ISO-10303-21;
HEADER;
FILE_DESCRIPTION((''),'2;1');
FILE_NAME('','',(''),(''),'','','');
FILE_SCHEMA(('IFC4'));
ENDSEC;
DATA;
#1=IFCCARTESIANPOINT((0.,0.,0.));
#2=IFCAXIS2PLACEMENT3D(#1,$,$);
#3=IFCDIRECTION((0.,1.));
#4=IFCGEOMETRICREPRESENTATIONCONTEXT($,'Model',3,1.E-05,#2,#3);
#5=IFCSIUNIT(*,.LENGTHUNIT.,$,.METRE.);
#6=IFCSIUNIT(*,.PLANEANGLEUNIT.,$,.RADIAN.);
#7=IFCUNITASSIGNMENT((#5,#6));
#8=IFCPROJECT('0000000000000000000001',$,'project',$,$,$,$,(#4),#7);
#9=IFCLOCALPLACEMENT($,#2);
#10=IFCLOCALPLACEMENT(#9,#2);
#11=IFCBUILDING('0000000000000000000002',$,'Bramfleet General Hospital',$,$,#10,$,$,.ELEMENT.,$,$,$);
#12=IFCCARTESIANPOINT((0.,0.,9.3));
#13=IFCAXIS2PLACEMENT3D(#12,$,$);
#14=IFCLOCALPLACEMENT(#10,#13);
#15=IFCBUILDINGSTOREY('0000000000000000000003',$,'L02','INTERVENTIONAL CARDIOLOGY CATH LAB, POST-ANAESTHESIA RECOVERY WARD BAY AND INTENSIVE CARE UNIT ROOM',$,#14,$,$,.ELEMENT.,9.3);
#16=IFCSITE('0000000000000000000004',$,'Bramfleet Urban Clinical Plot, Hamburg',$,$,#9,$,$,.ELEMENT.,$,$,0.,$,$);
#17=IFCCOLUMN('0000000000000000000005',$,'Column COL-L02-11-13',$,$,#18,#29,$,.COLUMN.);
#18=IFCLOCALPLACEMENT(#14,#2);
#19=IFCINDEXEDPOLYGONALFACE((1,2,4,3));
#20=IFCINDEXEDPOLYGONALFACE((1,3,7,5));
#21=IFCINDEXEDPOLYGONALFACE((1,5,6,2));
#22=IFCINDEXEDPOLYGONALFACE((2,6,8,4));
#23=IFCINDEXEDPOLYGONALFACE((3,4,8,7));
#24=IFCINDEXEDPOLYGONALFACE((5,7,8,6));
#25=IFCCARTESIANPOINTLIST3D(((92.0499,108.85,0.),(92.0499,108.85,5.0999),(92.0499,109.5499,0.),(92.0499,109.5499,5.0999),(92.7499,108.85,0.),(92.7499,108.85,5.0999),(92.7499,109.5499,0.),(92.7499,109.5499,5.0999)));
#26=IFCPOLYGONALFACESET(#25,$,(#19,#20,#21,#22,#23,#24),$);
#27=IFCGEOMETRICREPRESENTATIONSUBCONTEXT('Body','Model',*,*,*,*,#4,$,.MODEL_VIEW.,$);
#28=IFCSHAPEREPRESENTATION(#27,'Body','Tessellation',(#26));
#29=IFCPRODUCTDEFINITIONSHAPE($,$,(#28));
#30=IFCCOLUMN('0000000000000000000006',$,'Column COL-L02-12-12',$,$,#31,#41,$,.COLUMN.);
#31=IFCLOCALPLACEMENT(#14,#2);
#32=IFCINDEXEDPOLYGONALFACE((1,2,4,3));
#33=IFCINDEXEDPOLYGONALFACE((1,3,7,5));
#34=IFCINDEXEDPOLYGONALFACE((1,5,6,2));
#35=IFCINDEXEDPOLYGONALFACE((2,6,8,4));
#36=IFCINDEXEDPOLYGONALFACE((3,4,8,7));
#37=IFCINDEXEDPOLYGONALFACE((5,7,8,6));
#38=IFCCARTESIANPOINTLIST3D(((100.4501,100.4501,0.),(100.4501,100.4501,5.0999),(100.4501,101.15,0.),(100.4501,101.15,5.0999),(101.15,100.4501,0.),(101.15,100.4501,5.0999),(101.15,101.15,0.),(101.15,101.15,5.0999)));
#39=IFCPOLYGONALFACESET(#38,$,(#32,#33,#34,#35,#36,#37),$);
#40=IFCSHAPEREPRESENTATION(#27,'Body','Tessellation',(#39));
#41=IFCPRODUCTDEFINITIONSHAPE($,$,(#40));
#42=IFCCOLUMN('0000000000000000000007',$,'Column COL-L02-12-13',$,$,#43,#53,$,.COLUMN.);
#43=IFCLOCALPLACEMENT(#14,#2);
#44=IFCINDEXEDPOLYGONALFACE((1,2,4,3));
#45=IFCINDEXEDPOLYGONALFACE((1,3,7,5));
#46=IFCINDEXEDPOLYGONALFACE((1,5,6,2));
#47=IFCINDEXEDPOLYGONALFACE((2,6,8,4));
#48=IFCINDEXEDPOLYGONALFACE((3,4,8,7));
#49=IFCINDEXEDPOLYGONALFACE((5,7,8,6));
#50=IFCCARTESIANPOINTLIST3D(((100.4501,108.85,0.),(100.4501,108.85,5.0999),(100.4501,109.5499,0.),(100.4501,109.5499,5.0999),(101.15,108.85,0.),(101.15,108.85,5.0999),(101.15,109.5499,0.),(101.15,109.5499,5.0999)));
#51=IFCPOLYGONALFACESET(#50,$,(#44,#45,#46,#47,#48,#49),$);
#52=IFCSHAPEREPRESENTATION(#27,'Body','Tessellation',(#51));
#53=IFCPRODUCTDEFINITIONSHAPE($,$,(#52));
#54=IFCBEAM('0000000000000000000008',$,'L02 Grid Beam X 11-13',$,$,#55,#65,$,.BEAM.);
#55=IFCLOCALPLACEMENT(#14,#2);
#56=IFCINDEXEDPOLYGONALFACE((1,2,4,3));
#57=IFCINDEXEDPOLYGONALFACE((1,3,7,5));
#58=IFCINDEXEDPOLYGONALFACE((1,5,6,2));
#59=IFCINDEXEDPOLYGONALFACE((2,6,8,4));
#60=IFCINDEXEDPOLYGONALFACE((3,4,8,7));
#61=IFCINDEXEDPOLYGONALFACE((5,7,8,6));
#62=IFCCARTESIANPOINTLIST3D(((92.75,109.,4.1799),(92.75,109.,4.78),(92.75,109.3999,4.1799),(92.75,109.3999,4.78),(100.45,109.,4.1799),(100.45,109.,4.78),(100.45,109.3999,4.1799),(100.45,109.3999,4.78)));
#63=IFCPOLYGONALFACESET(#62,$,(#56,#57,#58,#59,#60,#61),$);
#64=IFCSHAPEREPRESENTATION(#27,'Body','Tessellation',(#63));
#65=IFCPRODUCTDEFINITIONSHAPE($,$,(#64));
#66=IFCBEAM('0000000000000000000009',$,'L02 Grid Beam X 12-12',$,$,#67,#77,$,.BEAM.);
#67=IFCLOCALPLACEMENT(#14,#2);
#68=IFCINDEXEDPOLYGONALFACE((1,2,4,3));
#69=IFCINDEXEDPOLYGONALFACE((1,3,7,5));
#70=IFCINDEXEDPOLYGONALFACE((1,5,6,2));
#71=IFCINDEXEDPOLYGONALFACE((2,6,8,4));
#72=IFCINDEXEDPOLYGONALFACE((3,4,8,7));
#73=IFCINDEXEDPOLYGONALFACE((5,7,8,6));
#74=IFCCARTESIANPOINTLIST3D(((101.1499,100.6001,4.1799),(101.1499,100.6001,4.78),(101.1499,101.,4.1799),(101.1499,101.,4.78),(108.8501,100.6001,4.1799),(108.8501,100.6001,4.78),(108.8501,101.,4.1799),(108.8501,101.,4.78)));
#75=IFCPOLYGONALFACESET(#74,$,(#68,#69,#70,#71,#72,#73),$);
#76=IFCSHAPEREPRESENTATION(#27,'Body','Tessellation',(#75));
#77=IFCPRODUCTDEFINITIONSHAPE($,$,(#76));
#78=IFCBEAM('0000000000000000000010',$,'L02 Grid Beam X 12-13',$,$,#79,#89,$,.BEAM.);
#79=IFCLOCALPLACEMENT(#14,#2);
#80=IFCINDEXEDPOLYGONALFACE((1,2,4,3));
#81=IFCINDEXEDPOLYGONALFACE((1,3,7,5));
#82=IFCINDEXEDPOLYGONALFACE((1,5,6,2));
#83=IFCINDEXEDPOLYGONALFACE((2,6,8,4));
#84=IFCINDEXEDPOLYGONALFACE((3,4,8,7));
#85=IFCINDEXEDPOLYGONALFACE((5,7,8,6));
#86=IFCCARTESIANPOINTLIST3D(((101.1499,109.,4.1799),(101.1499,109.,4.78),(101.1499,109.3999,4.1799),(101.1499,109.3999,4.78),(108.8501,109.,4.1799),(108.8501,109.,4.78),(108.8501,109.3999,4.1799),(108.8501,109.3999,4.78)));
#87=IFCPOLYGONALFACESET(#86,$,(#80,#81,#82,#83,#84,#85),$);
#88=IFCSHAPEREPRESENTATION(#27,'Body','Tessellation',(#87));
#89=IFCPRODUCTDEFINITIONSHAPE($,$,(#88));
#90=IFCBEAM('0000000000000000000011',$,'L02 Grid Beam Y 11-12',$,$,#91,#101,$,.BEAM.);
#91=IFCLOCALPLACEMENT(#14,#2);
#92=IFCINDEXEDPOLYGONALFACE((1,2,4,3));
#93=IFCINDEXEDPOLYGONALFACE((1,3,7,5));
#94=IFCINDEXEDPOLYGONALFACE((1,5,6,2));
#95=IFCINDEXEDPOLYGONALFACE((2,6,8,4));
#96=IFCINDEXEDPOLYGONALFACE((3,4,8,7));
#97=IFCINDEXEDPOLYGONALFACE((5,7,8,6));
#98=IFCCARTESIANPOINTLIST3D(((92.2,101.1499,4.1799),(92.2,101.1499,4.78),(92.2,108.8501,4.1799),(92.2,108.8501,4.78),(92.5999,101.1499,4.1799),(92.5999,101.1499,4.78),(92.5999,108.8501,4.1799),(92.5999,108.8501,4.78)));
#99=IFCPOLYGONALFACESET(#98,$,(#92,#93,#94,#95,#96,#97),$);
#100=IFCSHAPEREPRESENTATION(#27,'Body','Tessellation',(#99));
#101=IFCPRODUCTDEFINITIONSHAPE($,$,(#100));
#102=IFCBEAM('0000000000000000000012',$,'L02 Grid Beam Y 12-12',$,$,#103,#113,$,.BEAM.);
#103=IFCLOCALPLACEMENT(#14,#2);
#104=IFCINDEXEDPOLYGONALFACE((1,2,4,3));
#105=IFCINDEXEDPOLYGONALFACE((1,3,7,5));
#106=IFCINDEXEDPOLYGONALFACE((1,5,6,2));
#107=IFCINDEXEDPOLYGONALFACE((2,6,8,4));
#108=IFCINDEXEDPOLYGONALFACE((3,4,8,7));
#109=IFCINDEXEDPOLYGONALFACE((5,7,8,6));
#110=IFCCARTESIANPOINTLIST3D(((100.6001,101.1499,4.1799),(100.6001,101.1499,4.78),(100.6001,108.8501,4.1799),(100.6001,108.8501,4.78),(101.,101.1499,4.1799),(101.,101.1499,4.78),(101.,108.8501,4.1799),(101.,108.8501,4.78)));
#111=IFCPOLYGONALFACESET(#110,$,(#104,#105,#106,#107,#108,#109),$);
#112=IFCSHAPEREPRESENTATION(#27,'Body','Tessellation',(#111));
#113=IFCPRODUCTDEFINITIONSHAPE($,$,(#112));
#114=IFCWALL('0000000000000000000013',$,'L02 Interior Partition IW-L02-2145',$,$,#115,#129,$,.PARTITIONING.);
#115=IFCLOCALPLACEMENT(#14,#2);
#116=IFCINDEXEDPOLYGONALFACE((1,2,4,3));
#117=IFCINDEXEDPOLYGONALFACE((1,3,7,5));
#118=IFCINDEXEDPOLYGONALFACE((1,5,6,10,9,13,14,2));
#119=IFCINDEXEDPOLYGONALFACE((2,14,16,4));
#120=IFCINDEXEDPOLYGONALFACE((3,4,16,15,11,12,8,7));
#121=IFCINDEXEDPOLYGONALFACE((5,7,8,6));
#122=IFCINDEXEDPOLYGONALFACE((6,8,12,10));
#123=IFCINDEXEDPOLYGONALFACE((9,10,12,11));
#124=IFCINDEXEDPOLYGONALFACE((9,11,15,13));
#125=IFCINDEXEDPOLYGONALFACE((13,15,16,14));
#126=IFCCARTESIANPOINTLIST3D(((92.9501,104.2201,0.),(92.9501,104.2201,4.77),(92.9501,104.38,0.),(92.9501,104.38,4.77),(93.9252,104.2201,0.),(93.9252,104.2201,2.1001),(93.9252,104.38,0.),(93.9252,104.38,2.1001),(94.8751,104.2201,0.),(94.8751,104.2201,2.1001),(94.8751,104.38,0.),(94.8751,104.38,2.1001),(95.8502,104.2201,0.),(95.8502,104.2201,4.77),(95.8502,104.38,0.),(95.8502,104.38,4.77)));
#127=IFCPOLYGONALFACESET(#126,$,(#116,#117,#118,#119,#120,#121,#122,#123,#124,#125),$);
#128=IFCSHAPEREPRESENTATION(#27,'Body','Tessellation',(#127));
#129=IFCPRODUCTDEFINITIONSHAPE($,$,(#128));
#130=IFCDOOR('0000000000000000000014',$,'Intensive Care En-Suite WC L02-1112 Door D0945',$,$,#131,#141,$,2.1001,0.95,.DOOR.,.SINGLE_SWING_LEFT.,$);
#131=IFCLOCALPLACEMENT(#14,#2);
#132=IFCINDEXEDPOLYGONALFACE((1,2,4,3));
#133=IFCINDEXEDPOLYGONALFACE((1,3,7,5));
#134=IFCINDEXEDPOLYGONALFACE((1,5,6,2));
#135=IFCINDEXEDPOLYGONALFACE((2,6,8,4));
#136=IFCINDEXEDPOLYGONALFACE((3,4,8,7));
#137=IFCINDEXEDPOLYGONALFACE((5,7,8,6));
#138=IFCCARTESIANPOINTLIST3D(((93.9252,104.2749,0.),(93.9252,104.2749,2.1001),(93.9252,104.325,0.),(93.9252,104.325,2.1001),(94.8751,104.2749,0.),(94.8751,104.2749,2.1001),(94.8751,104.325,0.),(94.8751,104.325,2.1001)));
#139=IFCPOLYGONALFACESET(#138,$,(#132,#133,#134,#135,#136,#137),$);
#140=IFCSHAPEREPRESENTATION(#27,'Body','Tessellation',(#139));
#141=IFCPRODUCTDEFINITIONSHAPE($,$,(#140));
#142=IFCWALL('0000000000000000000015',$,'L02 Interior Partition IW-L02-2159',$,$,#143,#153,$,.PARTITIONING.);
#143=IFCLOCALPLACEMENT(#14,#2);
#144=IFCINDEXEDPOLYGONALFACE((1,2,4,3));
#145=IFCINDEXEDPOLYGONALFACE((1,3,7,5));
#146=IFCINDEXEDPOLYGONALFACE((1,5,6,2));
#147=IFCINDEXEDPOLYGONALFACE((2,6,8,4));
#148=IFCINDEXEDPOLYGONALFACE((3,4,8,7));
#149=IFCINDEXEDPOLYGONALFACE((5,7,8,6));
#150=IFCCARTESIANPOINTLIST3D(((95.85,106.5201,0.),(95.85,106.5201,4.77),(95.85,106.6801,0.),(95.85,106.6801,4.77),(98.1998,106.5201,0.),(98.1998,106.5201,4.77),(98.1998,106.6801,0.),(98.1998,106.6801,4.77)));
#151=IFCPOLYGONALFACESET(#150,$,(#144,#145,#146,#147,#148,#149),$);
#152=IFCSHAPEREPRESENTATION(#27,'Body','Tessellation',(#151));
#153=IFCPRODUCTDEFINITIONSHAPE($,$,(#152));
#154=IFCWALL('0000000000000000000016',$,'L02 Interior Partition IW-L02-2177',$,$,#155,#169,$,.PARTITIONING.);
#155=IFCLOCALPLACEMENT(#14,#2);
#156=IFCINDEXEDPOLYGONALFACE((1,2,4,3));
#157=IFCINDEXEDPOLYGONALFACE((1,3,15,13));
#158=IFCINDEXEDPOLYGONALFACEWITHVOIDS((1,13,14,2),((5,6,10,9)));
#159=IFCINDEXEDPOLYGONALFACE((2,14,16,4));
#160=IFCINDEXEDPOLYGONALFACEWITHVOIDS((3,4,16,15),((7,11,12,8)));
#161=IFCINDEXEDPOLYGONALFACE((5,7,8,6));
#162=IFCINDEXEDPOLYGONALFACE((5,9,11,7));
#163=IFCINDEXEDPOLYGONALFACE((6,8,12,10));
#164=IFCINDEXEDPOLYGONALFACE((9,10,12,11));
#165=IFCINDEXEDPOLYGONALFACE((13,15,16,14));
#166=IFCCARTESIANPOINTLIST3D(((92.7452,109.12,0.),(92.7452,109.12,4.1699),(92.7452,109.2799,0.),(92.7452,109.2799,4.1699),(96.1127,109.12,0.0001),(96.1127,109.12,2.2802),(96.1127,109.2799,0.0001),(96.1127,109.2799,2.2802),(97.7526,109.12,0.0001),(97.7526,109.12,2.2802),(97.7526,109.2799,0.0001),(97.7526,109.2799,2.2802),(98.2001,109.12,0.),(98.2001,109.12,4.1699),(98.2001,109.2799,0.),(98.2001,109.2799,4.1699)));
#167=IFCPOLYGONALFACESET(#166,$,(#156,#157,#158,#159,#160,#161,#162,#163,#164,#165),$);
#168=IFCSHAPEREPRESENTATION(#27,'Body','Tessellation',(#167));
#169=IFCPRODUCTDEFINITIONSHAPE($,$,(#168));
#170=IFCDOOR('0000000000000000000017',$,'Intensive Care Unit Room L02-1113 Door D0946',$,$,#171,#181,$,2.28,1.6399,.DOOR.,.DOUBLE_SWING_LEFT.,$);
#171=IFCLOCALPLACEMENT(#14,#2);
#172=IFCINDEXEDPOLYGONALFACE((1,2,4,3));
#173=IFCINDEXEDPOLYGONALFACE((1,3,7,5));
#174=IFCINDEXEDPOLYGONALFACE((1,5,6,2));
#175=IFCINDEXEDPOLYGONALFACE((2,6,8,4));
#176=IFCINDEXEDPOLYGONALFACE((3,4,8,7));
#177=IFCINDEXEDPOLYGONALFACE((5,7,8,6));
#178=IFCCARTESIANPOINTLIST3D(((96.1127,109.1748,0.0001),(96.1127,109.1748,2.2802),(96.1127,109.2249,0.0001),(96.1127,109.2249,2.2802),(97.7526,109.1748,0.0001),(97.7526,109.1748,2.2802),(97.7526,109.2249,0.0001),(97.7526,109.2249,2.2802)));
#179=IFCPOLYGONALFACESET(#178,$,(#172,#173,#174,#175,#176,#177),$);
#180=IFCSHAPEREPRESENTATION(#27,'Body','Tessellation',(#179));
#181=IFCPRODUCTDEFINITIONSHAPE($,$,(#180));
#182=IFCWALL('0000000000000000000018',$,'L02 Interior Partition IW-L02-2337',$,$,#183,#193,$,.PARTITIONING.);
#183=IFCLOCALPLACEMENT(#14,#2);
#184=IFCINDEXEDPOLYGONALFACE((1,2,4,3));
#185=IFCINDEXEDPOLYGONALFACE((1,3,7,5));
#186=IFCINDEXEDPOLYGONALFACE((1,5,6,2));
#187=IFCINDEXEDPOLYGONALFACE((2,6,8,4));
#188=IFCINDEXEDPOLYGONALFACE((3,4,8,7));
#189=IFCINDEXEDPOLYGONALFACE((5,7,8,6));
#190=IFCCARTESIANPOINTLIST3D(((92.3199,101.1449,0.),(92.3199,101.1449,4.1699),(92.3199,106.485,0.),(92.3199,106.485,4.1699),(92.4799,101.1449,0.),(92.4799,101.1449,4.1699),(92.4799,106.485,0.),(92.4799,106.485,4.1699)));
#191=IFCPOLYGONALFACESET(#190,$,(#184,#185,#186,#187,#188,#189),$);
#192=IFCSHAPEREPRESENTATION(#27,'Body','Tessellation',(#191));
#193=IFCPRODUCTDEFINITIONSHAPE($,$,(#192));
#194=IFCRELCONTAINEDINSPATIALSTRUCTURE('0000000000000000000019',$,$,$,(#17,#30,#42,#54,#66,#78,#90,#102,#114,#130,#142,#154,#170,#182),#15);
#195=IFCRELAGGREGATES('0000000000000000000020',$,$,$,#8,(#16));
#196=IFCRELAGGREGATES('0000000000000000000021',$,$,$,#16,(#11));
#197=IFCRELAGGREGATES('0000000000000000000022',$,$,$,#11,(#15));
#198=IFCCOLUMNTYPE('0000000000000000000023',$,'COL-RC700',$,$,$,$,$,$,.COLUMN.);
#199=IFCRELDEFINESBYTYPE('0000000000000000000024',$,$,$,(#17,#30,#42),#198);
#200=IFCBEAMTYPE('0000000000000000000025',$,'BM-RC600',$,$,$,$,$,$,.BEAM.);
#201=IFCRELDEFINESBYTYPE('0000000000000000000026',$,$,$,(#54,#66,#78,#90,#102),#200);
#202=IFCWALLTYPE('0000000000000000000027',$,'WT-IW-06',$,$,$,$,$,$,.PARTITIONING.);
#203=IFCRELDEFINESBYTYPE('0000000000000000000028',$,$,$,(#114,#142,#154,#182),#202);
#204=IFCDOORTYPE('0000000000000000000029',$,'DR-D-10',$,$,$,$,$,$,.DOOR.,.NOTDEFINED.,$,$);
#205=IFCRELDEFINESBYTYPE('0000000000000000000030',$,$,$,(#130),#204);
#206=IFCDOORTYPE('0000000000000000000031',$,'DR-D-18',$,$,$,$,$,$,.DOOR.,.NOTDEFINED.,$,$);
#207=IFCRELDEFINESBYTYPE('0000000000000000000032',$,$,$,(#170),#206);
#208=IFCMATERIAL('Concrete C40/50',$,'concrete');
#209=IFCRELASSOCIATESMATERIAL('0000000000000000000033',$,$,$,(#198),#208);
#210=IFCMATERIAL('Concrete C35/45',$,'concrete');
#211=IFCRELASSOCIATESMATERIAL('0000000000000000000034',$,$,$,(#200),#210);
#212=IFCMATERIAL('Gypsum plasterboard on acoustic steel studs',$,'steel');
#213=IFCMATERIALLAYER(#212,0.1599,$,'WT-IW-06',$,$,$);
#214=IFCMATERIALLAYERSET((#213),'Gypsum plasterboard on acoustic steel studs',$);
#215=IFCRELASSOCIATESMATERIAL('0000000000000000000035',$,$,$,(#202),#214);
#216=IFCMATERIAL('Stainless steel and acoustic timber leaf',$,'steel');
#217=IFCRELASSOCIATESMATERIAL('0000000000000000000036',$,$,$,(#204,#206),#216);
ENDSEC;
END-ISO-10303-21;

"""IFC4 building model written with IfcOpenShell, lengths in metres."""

from ifc_helpers import new_model, si_unit, direction, frame, frame_2d, origin, origin_2d, place, context, subcontext, project, spatial, rectangle, extrude, material, layer, layer_set, material_profile, profile_set, type_object, element, fill, save


model = new_model("IFC4")

# Units and contexts
model_context = context("Model", 3, precision=1e-05, world=origin(), true_north=direction((0.0, 1.0)))
body_context = subcontext(model_context, "Body", "Model", "MODEL_VIEW")
ifc_project = project(units=[si_unit("LENGTHUNIT", "METRE"), si_unit("PLANEANGLEUNIT", "RADIAN")], contexts=[model_context])

# Site, building, storey
site_placement = place(None, origin())
site = spatial("IfcSite", under=ifc_project, at=site_placement, Name="Bramfleet Urban Clinical Plot, Hamburg", CompositionType="ELEMENT", RefElevation=0.0)
building_placement = place(site_placement, origin())
building = spatial("IfcBuilding", under=site, at=building_placement, Name="Bramfleet General Hospital", CompositionType="ELEMENT")
storey_placement = place(building_placement, frame((0.0, 0.0, 9.3)))
storey = spatial("IfcBuildingStorey", under=building, at=storey_placement, Name="L02", Description="INTERVENTIONAL CARDIOLOGY CATH LAB, POST-ANAESTHESIA RECOVERY WARD BAY AND INTENSIVE CARE UNIT ROOM", CompositionType="ELEMENT", Elevation=9.3)

# Columns
ifc_material_1 = material(Name="Concrete C40/50", Category="concrete")
ifc_material_profile_1 = material_profile(ifc_material_1, rectangle(XDim=0.7, YDim=0.7, at=origin_2d()), Name="RC COL 700x700")
ifc_profile_set_1 = profile_set([ifc_material_profile_1], Name="Concrete C40/50")
column_type = type_object("IfcColumnType", Name="COL-RC700", PredefinedType="COLUMN", material=ifc_profile_set_1)
for number, where, z_axis, x_axis, name in (
    (1, (92.3999, 109.2, 0.0), (0.0, 0.0, 1.0), (1.0, 0.0, 0.0), "Column COL-L02-11-13"),
    (2, (100.8, 100.8, 0.0), (0.0, 0.0, 1.0), (1.0, 0.0, 0.0), "Column COL-L02-12-12"),
    (3, (100.8, 109.2, 0.0), (0.0, 0.0, 1.0), (1.0, 0.0, 0.0), "Column COL-L02-12-13"),
):
    element("IfcColumn", number, at=place(storey_placement, frame(where, z_axis=z_axis, x_axis=x_axis)), inside=storey, type_object=column_type, Name=name, PredefinedType="COLUMN", context=body_context, shape_type="SweptSolid", body=[
        extrude(rectangle(XDim=0.7, YDim=0.7, at=origin_2d()), origin(), (0.0, 0.0, 1.0), 5.0999),
    ])

# Beams
ifc_material_2 = material(Name="Concrete C35/45", Category="concrete")
ifc_material_profile_2 = material_profile(ifc_material_2, rectangle(XDim=0.3999, YDim=0.6001, at=origin_2d()), Name="RC BM 600x400")
ifc_profile_set_2 = profile_set([ifc_material_profile_2], Name="Concrete C35/45")
beam_type = type_object("IfcBeamType", Name="BM-RC600", PredefinedType="BEAM", material=ifc_profile_set_2)
beam_placement = place(storey_placement, frame((92.75, 109.2, 4.48), z_axis=(1.0, 0.0, 0.0), x_axis=(0.0, 1.0, 0.0)))
element("IfcBeam", 4, at=beam_placement, inside=storey, type_object=beam_type, Name="L02 Grid Beam X 11-13", PredefinedType="BEAM", context=body_context, shape_type="SweptSolid", body=[
    extrude(rectangle(XDim=0.3999, YDim=0.6001, at=origin_2d()), origin(), (0.0, 0.0, 1.0), 7.7),
])
for number, where, z_axis, x_axis, name in (
    (5, (101.1499, 100.8, 4.48), (1.0, 0.0, 0.0), (0.0, 1.0, 0.0), "L02 Grid Beam X 12-12"),
    (6, (101.1499, 109.2, 4.48), (1.0, 0.0, 0.0), (0.0, 1.0, 0.0), "L02 Grid Beam X 12-13"),
    (7, (92.3999, 101.1499, 4.48), (0.0, 1.0, 0.0), (-1.0, 0.0, 0.0), "L02 Grid Beam Y 11-12"),
    (8, (100.8, 101.1499, 4.48), (0.0, 1.0, 0.0), (-1.0, 0.0, 0.0), "L02 Grid Beam Y 12-12"),
):
    element("IfcBeam", number, at=place(storey_placement, frame(where, z_axis=z_axis, x_axis=x_axis)), inside=storey, type_object=beam_type, Name=name, PredefinedType="BEAM", context=body_context, shape_type="SweptSolid", body=[
        extrude(rectangle(XDim=0.3999, YDim=0.6001, at=origin_2d()), origin(), (0.0, 0.0, 1.0), 7.7002),
    ])

# Wall, opening, door
ifc_material_3 = material(Name="Gypsum plasterboard on acoustic steel studs", Category="steel")
ifc_layer_1 = layer(ifc_material_3, 0.1599, Name="WT-IW-06")
ifc_layer_set_1 = layer_set([ifc_layer_1], Name="Gypsum plasterboard on acoustic steel studs")
wall_type_1 = type_object("IfcWallType", Name="WT-IW-06", PredefinedType="PARTITIONING", material=ifc_layer_set_1)
wall_1_placement = place(storey_placement, frame((92.95, 104.3, 0.0), z_axis=(0.0, 0.0, 1.0), x_axis=(1.0, 0.0, 0.0)))
wall_1 = element("IfcWall", 9, at=wall_1_placement, inside=storey, type_object=wall_type_1, Name="L02 Interior Partition IW-L02-2145", PredefinedType="PARTITIONING", context=body_context, shape_type="SweptSolid", body=[
    extrude(rectangle(XDim=2.9001, YDim=0.1599, at=frame_2d((1.4502, 0.0))), origin(), (0.0, 0.0, 1.0), 4.77),
])
opening_1_placement = place(wall_1_placement, frame((0.9751, 0.0, 0.0)))
opening_1 = element("IfcOpeningElement", 10, at=opening_1_placement, cuts=wall_1, PredefinedType="OPENING", context=body_context, shape_type="SweptSolid", body=[
    extrude(rectangle(XDim=0.95, YDim=2.1001, at=frame_2d((0.4751, 1.05))), frame((0.0, 0.0898, 0.0), z_axis=(0.0, -1.0, 0.0), x_axis=(1.0, 0.0, 0.0)), (0.0, 0.0, 1.0), 0.1799),
])
ifc_material_4 = material(Name="Stainless steel and acoustic timber leaf", Category="steel")
door_type_1 = type_object("IfcDoorType", Name="DR-D-10", OperationType="NOTDEFINED", PredefinedType="DOOR", material=ifc_material_4)
door_1_placement = place(opening_1_placement, origin())
door_1 = element("IfcDoor", 11, at=door_1_placement, inside=storey, type_object=door_type_1, Name="Intensive Care En-Suite WC L02-1112 Door D0945", OperationType="SINGLE_SWING_LEFT", OverallHeight=2.1001, OverallWidth=0.95, PredefinedType="DOOR", context=body_context, shape_type="SweptSolid", body=[
    extrude(rectangle(XDim=0.95, YDim=2.1001, at=frame_2d((0.4751, 1.05))), frame((0.0, 0.0249, 0.0), z_axis=(0.0, -1.0, 0.0), x_axis=(1.0, 0.0, 0.0)), (0.0, 0.0, 1.0), 0.05),
])
fill(opening_1, door_1)

# Wall
wall_2_placement = place(storey_placement, frame((95.8501, 106.6001, 0.0), z_axis=(0.0, 0.0, 1.0), x_axis=(1.0, 0.0, 0.0)))
element("IfcWall", 12, at=wall_2_placement, inside=storey, type_object=wall_type_1, Name="L02 Interior Partition IW-L02-2159", PredefinedType="PARTITIONING", context=body_context, shape_type="SweptSolid", body=[
    extrude(rectangle(XDim=2.3499, YDim=0.1599, at=frame_2d((1.1748, 0.0))), origin(), (0.0, 0.0, 1.0), 4.77),
])

# Wall, opening, door
wall_3_placement = place(storey_placement, frame((92.7451, 109.2, 0.0), z_axis=(0.0, 0.0, 1.0), x_axis=(1.0, 0.0, 0.0)))
wall_3 = element("IfcWall", 13, at=wall_3_placement, inside=storey, type_object=wall_type_1, Name="L02 Interior Partition IW-L02-2177", PredefinedType="PARTITIONING", context=body_context, shape_type="SweptSolid", body=[
    extrude(rectangle(XDim=5.4548, YDim=0.1599, at=frame_2d((2.7275, 0.0))), origin(), (0.0, 0.0, 1.0), 4.1699),
])
opening_2_placement = place(wall_3_placement, frame((3.3677, 0.0, 0.0)))
opening_2 = element("IfcOpeningElement", 14, at=opening_2_placement, cuts=wall_3, PredefinedType="OPENING", context=body_context, shape_type="SweptSolid", body=[
    extrude(rectangle(XDim=1.6399, YDim=2.28, at=frame_2d((0.8198, 1.1401))), frame((0.0, 0.0898, 0.0), z_axis=(0.0, -1.0, 0.0), x_axis=(1.0, 0.0, 0.0)), (0.0, 0.0, 1.0), 0.1799),
])
door_type_2 = type_object("IfcDoorType", Name="DR-D-18", OperationType="NOTDEFINED", PredefinedType="DOOR", material=ifc_material_4)
door_2_placement = place(opening_2_placement, origin())
door_2 = element("IfcDoor", 15, at=door_2_placement, inside=storey, type_object=door_type_2, Name="Intensive Care Unit Room L02-1113 Door D0946", OperationType="DOUBLE_SWING_LEFT", OverallHeight=2.28, OverallWidth=1.6399, PredefinedType="DOOR", context=body_context, shape_type="SweptSolid", body=[
    extrude(rectangle(XDim=1.6399, YDim=2.28, at=frame_2d((0.8198, 1.1401))), frame((0.0, 0.0249, 0.0), z_axis=(0.0, -1.0, 0.0), x_axis=(1.0, 0.0, 0.0)), (0.0, 0.0, 1.0), 0.05),
])
fill(opening_2, door_2)

# Wall
wall_4_placement = place(storey_placement, frame((92.3999, 101.145, 0.0), z_axis=(0.0, 0.0, 1.0), x_axis=(0.0, 1.0, 0.0)))
element("IfcWall", 16, at=wall_4_placement, inside=storey, type_object=wall_type_1, Name="L02 Interior Partition IW-L02-2337", PredefinedType="PARTITIONING", context=body_context, shape_type="SweptSolid", body=[
    extrude(rectangle(XDim=5.3401, YDim=0.1599, at=frame_2d((2.6699, 0.0))), origin(), (0.0, 0.0, 1.0), 4.1699),
])

save(model, "model.ifc")
